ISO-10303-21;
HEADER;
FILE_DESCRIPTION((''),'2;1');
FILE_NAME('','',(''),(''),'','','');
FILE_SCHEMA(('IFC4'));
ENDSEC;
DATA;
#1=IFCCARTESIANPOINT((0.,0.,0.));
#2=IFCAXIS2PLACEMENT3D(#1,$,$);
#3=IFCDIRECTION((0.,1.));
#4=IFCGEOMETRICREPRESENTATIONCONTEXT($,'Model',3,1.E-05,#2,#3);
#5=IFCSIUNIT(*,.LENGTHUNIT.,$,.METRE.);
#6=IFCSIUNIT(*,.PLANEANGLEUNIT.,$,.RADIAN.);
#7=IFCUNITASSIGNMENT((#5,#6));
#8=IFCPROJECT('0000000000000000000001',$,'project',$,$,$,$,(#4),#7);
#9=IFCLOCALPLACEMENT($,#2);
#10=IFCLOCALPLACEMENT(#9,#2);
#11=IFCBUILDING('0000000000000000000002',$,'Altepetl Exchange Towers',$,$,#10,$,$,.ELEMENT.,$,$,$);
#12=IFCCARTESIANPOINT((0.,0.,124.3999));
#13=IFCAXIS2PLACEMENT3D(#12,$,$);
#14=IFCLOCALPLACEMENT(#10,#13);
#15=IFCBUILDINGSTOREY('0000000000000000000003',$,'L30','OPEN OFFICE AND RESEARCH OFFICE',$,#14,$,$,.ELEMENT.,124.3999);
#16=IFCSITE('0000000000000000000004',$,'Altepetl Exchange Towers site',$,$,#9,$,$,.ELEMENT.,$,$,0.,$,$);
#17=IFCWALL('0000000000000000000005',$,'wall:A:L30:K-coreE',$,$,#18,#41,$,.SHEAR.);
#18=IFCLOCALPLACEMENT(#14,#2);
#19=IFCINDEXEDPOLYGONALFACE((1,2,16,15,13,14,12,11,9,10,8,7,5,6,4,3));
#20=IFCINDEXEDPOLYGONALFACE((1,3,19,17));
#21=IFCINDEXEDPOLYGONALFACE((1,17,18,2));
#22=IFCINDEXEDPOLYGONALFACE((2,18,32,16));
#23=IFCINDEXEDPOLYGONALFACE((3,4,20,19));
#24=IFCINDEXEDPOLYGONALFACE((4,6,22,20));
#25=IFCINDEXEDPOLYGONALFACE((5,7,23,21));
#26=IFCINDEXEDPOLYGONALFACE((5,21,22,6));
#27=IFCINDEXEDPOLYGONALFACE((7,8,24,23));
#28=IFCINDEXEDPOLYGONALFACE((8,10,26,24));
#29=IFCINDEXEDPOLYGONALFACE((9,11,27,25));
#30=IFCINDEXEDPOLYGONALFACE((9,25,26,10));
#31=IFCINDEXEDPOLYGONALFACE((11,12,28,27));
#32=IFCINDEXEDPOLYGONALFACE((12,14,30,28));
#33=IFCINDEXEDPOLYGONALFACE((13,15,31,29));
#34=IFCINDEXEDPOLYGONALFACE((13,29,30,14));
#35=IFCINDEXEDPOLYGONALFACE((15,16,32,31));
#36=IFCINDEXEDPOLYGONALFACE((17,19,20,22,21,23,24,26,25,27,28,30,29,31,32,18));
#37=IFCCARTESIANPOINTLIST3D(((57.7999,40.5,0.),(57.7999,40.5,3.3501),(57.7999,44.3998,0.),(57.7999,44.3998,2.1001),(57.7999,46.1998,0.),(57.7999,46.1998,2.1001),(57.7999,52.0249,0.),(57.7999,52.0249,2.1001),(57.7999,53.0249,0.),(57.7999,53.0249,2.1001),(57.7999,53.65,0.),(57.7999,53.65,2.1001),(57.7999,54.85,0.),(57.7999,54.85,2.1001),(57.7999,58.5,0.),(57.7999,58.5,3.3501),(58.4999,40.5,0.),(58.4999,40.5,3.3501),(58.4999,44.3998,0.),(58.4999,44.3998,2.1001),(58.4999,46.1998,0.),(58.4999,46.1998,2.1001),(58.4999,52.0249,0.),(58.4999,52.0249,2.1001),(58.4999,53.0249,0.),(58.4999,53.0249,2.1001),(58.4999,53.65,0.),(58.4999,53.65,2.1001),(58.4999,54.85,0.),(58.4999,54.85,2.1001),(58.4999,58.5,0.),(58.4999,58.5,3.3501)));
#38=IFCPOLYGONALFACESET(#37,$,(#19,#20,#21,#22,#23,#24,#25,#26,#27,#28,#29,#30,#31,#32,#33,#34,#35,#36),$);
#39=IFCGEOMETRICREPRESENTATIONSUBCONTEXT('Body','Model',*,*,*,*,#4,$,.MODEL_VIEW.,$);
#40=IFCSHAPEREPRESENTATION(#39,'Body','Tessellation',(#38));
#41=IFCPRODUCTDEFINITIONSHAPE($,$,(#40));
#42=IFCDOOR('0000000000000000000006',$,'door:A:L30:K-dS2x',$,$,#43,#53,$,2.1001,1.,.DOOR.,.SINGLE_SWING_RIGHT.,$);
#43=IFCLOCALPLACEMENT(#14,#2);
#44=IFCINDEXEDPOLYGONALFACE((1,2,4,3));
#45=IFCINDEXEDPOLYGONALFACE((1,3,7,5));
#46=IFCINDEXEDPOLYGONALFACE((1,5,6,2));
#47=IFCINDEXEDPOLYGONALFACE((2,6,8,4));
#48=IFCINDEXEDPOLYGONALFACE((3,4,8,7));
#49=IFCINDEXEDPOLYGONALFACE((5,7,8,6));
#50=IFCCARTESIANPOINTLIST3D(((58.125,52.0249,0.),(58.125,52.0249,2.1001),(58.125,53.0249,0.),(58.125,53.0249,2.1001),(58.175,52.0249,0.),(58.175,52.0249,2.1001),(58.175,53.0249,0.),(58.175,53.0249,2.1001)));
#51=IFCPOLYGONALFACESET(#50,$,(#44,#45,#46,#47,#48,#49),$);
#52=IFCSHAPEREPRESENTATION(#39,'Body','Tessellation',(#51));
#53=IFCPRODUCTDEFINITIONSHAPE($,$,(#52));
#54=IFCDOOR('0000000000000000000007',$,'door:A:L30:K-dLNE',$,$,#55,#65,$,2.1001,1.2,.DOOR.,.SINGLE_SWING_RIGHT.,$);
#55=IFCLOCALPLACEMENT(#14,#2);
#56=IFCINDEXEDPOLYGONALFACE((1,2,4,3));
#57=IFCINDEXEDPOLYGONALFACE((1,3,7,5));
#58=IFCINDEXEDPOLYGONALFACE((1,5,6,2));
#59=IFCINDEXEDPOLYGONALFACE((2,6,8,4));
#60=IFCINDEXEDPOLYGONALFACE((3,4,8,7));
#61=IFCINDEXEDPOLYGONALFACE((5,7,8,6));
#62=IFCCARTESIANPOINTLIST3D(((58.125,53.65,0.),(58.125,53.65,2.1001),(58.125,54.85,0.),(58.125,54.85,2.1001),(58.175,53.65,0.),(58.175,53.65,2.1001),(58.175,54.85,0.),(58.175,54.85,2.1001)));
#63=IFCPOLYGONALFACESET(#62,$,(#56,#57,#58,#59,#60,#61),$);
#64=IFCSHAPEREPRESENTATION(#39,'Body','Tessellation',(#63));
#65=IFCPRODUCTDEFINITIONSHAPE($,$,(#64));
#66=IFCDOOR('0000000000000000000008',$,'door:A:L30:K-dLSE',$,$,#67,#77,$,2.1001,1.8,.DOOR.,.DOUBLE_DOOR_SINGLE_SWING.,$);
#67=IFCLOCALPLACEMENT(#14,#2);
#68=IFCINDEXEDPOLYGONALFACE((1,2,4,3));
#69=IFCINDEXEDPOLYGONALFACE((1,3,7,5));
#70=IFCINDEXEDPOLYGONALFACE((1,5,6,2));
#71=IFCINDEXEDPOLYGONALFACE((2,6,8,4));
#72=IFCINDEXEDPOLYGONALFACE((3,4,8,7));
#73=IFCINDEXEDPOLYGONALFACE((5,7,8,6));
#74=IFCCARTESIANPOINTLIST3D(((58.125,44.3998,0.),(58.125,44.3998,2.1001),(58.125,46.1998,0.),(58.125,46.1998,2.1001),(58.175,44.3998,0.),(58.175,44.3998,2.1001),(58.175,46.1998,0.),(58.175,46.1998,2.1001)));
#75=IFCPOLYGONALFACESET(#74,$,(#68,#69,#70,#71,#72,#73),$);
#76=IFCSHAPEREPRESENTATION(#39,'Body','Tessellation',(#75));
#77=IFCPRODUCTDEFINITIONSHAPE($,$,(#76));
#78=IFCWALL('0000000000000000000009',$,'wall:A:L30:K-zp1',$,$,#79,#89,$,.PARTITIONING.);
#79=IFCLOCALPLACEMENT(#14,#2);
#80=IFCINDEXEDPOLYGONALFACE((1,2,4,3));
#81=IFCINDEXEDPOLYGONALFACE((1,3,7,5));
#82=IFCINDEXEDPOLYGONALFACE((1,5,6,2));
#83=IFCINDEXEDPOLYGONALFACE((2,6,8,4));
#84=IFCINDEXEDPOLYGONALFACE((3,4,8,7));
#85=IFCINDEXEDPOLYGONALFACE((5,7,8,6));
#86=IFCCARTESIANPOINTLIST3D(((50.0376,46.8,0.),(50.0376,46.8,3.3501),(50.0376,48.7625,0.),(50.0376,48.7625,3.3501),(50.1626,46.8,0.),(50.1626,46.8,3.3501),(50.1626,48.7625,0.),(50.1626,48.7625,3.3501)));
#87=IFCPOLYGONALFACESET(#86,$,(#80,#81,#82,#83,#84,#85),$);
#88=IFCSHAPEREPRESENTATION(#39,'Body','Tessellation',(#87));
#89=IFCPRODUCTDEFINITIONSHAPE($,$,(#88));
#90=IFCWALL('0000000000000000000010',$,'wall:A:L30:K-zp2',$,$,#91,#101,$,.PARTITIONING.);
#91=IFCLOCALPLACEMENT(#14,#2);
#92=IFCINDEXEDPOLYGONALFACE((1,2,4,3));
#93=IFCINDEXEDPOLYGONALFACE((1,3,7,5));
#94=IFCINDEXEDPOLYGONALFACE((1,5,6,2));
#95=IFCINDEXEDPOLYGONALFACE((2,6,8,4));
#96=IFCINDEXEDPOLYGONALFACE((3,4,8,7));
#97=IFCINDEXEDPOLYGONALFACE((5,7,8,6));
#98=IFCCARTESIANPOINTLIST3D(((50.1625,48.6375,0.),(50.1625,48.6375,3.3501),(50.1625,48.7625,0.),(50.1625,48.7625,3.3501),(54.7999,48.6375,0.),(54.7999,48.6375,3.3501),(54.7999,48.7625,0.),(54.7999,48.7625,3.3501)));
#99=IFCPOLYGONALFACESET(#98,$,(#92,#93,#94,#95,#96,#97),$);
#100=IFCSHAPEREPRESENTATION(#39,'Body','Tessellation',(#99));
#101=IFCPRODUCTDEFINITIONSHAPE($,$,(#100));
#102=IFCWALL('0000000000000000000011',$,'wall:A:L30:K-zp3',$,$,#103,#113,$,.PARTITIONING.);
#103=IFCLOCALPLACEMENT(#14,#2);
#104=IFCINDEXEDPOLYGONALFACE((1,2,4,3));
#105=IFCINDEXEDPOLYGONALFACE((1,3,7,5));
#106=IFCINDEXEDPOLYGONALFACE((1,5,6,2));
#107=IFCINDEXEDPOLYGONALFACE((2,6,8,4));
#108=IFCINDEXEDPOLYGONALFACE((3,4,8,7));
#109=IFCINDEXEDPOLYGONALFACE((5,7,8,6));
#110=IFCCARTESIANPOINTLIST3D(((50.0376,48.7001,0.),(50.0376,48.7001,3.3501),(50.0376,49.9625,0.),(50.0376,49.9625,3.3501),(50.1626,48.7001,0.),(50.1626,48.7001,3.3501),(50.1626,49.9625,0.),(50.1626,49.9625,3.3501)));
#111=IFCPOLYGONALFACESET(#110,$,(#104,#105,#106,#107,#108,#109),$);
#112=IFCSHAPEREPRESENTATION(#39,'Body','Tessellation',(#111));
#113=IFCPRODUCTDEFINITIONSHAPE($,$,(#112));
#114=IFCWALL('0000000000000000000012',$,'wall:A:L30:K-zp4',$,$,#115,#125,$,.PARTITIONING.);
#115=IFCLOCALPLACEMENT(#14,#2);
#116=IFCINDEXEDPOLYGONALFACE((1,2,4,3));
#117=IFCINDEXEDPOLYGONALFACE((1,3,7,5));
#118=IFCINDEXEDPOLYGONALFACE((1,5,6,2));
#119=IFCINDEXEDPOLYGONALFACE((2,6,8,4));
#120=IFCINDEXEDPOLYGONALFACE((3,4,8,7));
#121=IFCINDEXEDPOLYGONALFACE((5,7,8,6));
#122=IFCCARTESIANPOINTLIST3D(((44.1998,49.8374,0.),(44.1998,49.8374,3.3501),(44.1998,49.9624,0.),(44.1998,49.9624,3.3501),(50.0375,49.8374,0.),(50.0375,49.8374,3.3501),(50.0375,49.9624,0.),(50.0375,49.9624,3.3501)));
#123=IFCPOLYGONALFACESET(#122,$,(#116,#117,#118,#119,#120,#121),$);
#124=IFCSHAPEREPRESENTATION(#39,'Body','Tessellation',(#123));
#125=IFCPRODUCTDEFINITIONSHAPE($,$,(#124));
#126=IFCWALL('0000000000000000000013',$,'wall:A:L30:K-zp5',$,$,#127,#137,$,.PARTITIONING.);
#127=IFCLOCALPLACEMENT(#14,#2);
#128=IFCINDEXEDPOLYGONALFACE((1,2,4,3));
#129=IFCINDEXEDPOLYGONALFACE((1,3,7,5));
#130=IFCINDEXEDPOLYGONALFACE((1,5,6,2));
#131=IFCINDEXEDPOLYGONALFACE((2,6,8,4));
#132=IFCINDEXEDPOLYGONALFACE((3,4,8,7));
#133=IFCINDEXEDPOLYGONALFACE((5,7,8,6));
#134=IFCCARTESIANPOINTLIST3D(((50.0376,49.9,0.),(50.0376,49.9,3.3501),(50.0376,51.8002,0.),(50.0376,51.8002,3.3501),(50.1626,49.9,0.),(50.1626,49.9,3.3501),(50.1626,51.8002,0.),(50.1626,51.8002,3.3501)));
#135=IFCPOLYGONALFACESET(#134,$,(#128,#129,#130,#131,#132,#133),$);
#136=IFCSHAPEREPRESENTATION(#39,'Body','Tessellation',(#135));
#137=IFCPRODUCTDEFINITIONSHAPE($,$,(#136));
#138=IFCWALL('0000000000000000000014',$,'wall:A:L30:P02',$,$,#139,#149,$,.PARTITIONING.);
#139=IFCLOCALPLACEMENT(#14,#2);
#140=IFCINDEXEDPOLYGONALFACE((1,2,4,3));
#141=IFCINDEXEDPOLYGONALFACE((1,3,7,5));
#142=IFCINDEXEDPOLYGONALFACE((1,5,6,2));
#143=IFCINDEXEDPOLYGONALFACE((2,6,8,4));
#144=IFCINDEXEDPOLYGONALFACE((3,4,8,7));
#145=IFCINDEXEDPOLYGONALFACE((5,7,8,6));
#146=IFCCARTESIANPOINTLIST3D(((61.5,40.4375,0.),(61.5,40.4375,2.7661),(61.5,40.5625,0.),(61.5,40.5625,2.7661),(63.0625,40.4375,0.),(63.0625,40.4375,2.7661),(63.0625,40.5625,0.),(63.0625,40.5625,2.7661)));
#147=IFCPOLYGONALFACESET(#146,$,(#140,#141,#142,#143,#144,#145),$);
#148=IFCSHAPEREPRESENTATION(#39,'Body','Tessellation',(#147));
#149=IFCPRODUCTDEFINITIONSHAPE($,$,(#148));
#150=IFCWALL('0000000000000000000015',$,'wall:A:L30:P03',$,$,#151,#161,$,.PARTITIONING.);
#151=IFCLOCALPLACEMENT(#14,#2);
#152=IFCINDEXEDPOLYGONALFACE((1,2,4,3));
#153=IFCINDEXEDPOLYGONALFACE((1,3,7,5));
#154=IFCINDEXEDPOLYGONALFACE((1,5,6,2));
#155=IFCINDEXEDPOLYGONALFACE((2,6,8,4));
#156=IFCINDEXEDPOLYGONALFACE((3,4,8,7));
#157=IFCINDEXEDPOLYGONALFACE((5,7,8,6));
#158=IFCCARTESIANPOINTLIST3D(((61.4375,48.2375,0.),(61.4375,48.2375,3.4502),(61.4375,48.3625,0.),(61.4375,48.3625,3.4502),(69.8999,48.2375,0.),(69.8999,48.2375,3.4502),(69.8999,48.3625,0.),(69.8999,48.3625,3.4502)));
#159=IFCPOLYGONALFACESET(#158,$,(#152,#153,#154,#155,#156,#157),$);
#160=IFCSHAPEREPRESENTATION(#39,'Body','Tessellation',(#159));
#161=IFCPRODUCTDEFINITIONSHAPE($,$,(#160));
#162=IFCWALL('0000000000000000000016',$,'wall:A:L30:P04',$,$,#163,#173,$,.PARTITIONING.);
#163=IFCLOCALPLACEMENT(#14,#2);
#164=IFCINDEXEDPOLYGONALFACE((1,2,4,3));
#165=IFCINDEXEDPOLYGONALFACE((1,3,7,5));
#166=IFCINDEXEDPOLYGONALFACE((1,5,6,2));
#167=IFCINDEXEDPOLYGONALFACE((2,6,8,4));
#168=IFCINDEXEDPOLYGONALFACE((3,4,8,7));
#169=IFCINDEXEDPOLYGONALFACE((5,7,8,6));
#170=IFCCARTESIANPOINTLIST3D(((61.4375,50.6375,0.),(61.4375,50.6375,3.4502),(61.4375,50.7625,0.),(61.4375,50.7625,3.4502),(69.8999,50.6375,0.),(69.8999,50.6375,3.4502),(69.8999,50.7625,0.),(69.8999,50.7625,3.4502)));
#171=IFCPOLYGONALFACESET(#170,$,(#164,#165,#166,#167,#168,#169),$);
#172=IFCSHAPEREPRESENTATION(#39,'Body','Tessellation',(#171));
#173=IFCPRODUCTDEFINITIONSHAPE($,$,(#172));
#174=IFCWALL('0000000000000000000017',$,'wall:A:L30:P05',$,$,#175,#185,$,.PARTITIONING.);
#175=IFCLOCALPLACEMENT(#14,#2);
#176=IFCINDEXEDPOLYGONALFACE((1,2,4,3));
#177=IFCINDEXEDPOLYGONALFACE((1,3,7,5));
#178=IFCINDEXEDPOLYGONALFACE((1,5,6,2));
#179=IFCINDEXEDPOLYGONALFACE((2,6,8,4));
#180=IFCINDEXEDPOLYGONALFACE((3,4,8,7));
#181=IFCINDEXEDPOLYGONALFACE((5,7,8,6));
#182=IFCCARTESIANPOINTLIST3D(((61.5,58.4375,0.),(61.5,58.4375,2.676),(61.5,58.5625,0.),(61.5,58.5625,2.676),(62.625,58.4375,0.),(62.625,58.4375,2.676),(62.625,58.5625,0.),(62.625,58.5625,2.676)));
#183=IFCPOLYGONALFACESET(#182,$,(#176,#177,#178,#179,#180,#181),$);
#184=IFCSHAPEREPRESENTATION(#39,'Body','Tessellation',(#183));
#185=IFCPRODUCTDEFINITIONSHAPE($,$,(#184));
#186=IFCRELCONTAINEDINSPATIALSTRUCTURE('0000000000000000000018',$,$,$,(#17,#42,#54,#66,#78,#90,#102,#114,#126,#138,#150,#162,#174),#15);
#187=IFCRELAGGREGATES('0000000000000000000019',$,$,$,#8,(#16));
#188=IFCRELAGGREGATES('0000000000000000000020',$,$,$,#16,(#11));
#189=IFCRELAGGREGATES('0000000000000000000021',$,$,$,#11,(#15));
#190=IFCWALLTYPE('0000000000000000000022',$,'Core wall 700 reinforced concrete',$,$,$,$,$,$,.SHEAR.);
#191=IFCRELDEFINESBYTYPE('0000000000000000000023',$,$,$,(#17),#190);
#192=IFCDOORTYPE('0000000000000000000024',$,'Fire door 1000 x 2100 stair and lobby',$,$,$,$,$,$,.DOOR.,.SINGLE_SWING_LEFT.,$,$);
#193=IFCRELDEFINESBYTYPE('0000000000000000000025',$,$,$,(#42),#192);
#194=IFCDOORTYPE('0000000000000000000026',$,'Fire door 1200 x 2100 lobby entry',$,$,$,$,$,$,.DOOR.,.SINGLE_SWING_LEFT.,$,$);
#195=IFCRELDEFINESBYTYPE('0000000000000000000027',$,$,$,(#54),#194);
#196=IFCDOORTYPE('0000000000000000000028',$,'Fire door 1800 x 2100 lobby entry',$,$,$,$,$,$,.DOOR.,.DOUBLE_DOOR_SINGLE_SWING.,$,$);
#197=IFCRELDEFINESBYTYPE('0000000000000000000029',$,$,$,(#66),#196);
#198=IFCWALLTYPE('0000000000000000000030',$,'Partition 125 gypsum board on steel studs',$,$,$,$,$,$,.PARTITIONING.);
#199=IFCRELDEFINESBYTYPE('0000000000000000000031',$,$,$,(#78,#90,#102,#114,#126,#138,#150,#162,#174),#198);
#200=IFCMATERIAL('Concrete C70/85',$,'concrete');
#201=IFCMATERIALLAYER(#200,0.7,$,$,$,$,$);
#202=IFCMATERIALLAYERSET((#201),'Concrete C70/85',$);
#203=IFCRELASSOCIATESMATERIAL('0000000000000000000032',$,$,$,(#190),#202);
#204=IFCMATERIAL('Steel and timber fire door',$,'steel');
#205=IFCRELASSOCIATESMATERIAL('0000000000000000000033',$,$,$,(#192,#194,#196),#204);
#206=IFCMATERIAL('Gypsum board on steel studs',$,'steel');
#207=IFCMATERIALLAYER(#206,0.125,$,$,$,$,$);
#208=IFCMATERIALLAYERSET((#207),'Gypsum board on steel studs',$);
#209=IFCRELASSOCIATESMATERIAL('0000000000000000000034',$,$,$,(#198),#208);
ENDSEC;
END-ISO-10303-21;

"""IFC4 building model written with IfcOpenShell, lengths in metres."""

from ifc_helpers import new_model, si_unit, direction, frame, frame_2d, origin, place, context, subcontext, project, spatial, rectangle, extrude, material, layer, layer_set, type_object, element, fill, save


model = new_model("IFC4")

# Units and contexts
model_context = context("Model", 3, precision=1e-05, world=origin(), true_north=direction((0.0, 1.0)))
body_context = subcontext(model_context, "Body", "Model", "MODEL_VIEW")
ifc_project = project(units=[si_unit("LENGTHUNIT", "METRE"), si_unit("PLANEANGLEUNIT", "RADIAN")], contexts=[model_context])

# Site, building, storey
site_placement = place(None, origin())
site = spatial("IfcSite", under=ifc_project, at=site_placement, Name="Altepetl Exchange Towers site", CompositionType="ELEMENT", RefElevation=0.0)
building_placement = place(site_placement, origin())
building = spatial("IfcBuilding", under=site, at=building_placement, Name="Altepetl Exchange Towers", CompositionType="ELEMENT")
storey_placement = place(building_placement, frame((0.0, 0.0, 124.3999)))
storey = spatial("IfcBuildingStorey", under=building, at=storey_placement, Name="L30", Description="OPEN OFFICE AND RESEARCH OFFICE", CompositionType="ELEMENT", Elevation=124.3999)

# Shared definitions
ifc_material_1 = material(Name="Concrete C70/85", Category="concrete")

# Wall, openings, doors
ifc_layer_1 = layer(ifc_material_1, 0.7)
ifc_layer_set_1 = layer_set([ifc_layer_1], Name="Concrete C70/85")
wall_type_1 = type_object("IfcWallType", Name="Core wall 700 reinforced concrete", PredefinedType="SHEAR", material=ifc_layer_set_1)
wall_1_placement = place(storey_placement, frame((58.1499, 40.5, 0.0), z_axis=(0.0, 0.0, 1.0), x_axis=(0.0, 1.0, 0.0)))
wall_1 = element("IfcWall", 1, at=wall_1_placement, inside=storey, type_object=wall_type_1, Name="wall:A:L30:K-coreE", PredefinedType="SHEAR", context=body_context, shape_type="SweptSolid", body=[
    extrude(rectangle(XDim=18.0, YDim=0.7, at=frame_2d((9.0, 0.0))), origin(), (0.0, 0.0, 1.0), 3.3501),
])
opening_1_placement = place(wall_1_placement, frame((13.1499, 0.0, 0.0)))
opening_1 = element("IfcOpeningElement", 2, at=opening_1_placement, cuts=wall_1, PredefinedType="OPENING", context=body_context, shape_type="SweptSolid", body=[
    extrude(rectangle(XDim=1.2, YDim=2.1001, at=frame_2d((0.6001, 1.05))), frame((0.0, 0.3599, 0.0), z_axis=(0.0, -1.0, 0.0), x_axis=(1.0, 0.0, 0.0)), (0.0, 0.0, 1.0), 0.72),
])
opening_2_placement = place(wall_1_placement, frame((3.8999, 0.0, 0.0)))
opening_2 = element("IfcOpeningElement", 3, at=opening_2_placement, cuts=wall_1, PredefinedType="OPENING", context=body_context, shape_type="SweptSolid", body=[
    extrude(rectangle(XDim=1.8, YDim=2.1001, at=frame_2d((0.8999, 1.05))), frame((0.0, 0.3599, 0.0), z_axis=(0.0, -1.0, 0.0), x_axis=(1.0, 0.0, 0.0)), (0.0, 0.0, 1.0), 0.72),
])
opening_3_placement = place(wall_1_placement, frame((11.5249, 0.0, 0.0)))
opening_3 = element("IfcOpeningElement", 4, at=opening_3_placement, cuts=wall_1, PredefinedType="OPENING", context=body_context, shape_type="SweptSolid", body=[
    extrude(rectangle(XDim=1.0, YDim=2.1001, at=frame_2d((0.5, 1.05))), frame((0.0, 0.3599, 0.0), z_axis=(0.0, -1.0, 0.0), x_axis=(1.0, 0.0, 0.0)), (0.0, 0.0, 1.0), 0.72),
])
ifc_material_2 = material(Name="Steel and timber fire door", Category="steel")
door_type_1 = type_object("IfcDoorType", Name="Fire door 1000 x 2100 stair and lobby", OperationType="SINGLE_SWING_LEFT", PredefinedType="DOOR", material=ifc_material_2)
door_1_placement = place(opening_3_placement, origin())
door_1 = element("IfcDoor", 5, at=door_1_placement, inside=storey, type_object=door_type_1, Name="door:A:L30:K-dS2x", OperationType="SINGLE_SWING_RIGHT", OverallHeight=2.1001, OverallWidth=1.0, PredefinedType="DOOR", context=body_context, shape_type="SweptSolid", body=[
    extrude(rectangle(XDim=1.0, YDim=2.1001, at=frame_2d((0.5, 1.05))), frame((0.0, 0.0249, 0.0), z_axis=(0.0, -1.0, 0.0), x_axis=(1.0, 0.0, 0.0)), (0.0, 0.0, 1.0), 0.05),
])
fill(opening_3, door_1)
door_type_2 = type_object("IfcDoorType", Name="Fire door 1200 x 2100 lobby entry", OperationType="SINGLE_SWING_LEFT", PredefinedType="DOOR", material=ifc_material_2)
door_2_placement = place(opening_1_placement, origin())
door_2 = element("IfcDoor", 6, at=door_2_placement, inside=storey, type_object=door_type_2, Name="door:A:L30:K-dLNE", OperationType="SINGLE_SWING_RIGHT", OverallHeight=2.1001, OverallWidth=1.2, PredefinedType="DOOR", context=body_context, shape_type="SweptSolid", body=[
    extrude(rectangle(XDim=1.2, YDim=2.1001, at=frame_2d((0.6001, 1.05))), frame((0.0, 0.0249, 0.0), z_axis=(0.0, -1.0, 0.0), x_axis=(1.0, 0.0, 0.0)), (0.0, 0.0, 1.0), 0.05),
])
fill(opening_1, door_2)
door_type_3 = type_object("IfcDoorType", Name="Fire door 1800 x 2100 lobby entry", OperationType="DOUBLE_DOOR_SINGLE_SWING", PredefinedType="DOOR", material=ifc_material_2)
door_3_placement = place(opening_2_placement, origin())
door_3 = element("IfcDoor", 7, at=door_3_placement, inside=storey, type_object=door_type_3, Name="door:A:L30:K-dLSE", OperationType="DOUBLE_DOOR_SINGLE_SWING", OverallHeight=2.1001, OverallWidth=1.8, PredefinedType="DOOR", context=body_context, shape_type="SweptSolid", body=[
    extrude(rectangle(XDim=1.8, YDim=2.1001, at=frame_2d((0.8999, 1.05))), frame((0.0, 0.0249, 0.0), z_axis=(0.0, -1.0, 0.0), x_axis=(1.0, 0.0, 0.0)), (0.0, 0.0, 1.0), 0.05),
])
fill(opening_2, door_3)

# Walls
ifc_material_3 = material(Name="Gypsum board on steel studs", Category="steel")
ifc_layer_2 = layer(ifc_material_3, 0.125)
ifc_layer_set_2 = layer_set([ifc_layer_2], Name="Gypsum board on steel studs")
wall_type_2 = type_object("IfcWallType", Name="Partition 125 gypsum board on steel studs", PredefinedType="PARTITIONING", material=ifc_layer_set_2)
wall_2_placement = place(storey_placement, frame((50.1001, 46.8, 0.0), z_axis=(0.0, 0.0, 1.0), x_axis=(0.0, 1.0, 0.0)))
element("IfcWall", 8, at=wall_2_placement, inside=storey, type_object=wall_type_2, Name="wall:A:L30:K-zp1", PredefinedType="PARTITIONING", context=body_context, shape_type="SweptSolid", body=[
    extrude(rectangle(XDim=1.9624, YDim=0.125, at=frame_2d((0.9812, 0.0))), origin(), (0.0, 0.0, 1.0), 3.3501),
])
wall_3_placement = place(storey_placement, frame((54.8, 48.7, 0.0), z_axis=(0.0, 0.0, 1.0), x_axis=(-1.0, 0.0, 0.0)))
element("IfcWall", 9, at=wall_3_placement, inside=storey, type_object=wall_type_2, Name="wall:A:L30:K-zp2", PredefinedType="PARTITIONING", context=body_context, shape_type="SweptSolid", body=[
    extrude(rectangle(XDim=4.6375, YDim=0.125, at=frame_2d((2.3188, 0.0))), origin(), (0.0, 0.0, 1.0), 3.3501),
])
wall_4_placement = place(storey_placement, frame((50.1001, 48.7, 0.0), z_axis=(0.0, 0.0, 1.0), x_axis=(0.0, 1.0, 0.0)))
element("IfcWall", 10, at=wall_4_placement, inside=storey, type_object=wall_type_2, Name="wall:A:L30:K-zp3", PredefinedType="PARTITIONING", context=body_context, shape_type="SweptSolid", body=[
    extrude(rectangle(XDim=1.2625, YDim=0.125, at=frame_2d((0.6313, 0.0))), origin(), (0.0, 0.0, 1.0), 3.3501),
])
wall_5_placement = place(storey_placement, frame((50.0376, 49.8999, 0.0), z_axis=(0.0, 0.0, 1.0), x_axis=(-1.0, 0.0, 0.0)))
element("IfcWall", 11, at=wall_5_placement, inside=storey, type_object=wall_type_2, Name="wall:A:L30:K-zp4", PredefinedType="PARTITIONING", context=body_context, shape_type="SweptSolid", body=[
    extrude(rectangle(XDim=5.8376, YDim=0.125, at=frame_2d((2.9189, 0.0))), origin(), (0.0, 0.0, 1.0), 3.3501),
])
wall_6_placement = place(storey_placement, frame((50.1001, 49.8999, 0.0), z_axis=(0.0, 0.0, 1.0), x_axis=(0.0, 1.0, 0.0)))
element("IfcWall", 12, at=wall_6_placement, inside=storey, type_object=wall_type_2, Name="wall:A:L30:K-zp5", PredefinedType="PARTITIONING", context=body_context, shape_type="SweptSolid", body=[
    extrude(rectangle(XDim=1.9001, YDim=0.125, at=frame_2d((0.9502, 0.0))), origin(), (0.0, 0.0, 1.0), 3.3501),
])
wall_7_placement = place(storey_placement, frame((61.5, 40.5, 0.0)))
element("IfcWall", 13, at=wall_7_placement, inside=storey, type_object=wall_type_2, Name="wall:A:L30:P02", PredefinedType="PARTITIONING", context=body_context, shape_type="SweptSolid", body=[
    extrude(rectangle(XDim=1.5625, YDim=0.125, at=frame_2d((0.7812, 0.0))), origin(), (0.0, 0.0, 1.0), 2.7661),
])
for number, where, name in (
    (14, (61.4375, 48.3, 0.0), "wall:A:L30:P03"),
    (15, (61.4375, 50.7, 0.0), "wall:A:L30:P04"),
):
    element("IfcWall", number, at=place(storey_placement, frame(where)), inside=storey, type_object=wall_type_2, Name=name, PredefinedType="PARTITIONING", context=body_context, shape_type="SweptSolid", body=[
        extrude(rectangle(XDim=8.4624, YDim=0.125, at=frame_2d((4.2312, 0.0))), origin(), (0.0, 0.0, 1.0), 3.4502),
    ])
wall_8_placement = place(storey_placement, frame((61.5, 58.5, 0.0)))
element("IfcWall", 16, at=wall_8_placement, inside=storey, type_object=wall_type_2, Name="wall:A:L30:P05", PredefinedType="PARTITIONING", context=body_context, shape_type="SweptSolid", body=[
    extrude(rectangle(XDim=1.125, YDim=0.125, at=frame_2d((0.5625, 0.0))), origin(), (0.0, 0.0, 1.0), 2.676),
])

save(model, "model.ifc")
